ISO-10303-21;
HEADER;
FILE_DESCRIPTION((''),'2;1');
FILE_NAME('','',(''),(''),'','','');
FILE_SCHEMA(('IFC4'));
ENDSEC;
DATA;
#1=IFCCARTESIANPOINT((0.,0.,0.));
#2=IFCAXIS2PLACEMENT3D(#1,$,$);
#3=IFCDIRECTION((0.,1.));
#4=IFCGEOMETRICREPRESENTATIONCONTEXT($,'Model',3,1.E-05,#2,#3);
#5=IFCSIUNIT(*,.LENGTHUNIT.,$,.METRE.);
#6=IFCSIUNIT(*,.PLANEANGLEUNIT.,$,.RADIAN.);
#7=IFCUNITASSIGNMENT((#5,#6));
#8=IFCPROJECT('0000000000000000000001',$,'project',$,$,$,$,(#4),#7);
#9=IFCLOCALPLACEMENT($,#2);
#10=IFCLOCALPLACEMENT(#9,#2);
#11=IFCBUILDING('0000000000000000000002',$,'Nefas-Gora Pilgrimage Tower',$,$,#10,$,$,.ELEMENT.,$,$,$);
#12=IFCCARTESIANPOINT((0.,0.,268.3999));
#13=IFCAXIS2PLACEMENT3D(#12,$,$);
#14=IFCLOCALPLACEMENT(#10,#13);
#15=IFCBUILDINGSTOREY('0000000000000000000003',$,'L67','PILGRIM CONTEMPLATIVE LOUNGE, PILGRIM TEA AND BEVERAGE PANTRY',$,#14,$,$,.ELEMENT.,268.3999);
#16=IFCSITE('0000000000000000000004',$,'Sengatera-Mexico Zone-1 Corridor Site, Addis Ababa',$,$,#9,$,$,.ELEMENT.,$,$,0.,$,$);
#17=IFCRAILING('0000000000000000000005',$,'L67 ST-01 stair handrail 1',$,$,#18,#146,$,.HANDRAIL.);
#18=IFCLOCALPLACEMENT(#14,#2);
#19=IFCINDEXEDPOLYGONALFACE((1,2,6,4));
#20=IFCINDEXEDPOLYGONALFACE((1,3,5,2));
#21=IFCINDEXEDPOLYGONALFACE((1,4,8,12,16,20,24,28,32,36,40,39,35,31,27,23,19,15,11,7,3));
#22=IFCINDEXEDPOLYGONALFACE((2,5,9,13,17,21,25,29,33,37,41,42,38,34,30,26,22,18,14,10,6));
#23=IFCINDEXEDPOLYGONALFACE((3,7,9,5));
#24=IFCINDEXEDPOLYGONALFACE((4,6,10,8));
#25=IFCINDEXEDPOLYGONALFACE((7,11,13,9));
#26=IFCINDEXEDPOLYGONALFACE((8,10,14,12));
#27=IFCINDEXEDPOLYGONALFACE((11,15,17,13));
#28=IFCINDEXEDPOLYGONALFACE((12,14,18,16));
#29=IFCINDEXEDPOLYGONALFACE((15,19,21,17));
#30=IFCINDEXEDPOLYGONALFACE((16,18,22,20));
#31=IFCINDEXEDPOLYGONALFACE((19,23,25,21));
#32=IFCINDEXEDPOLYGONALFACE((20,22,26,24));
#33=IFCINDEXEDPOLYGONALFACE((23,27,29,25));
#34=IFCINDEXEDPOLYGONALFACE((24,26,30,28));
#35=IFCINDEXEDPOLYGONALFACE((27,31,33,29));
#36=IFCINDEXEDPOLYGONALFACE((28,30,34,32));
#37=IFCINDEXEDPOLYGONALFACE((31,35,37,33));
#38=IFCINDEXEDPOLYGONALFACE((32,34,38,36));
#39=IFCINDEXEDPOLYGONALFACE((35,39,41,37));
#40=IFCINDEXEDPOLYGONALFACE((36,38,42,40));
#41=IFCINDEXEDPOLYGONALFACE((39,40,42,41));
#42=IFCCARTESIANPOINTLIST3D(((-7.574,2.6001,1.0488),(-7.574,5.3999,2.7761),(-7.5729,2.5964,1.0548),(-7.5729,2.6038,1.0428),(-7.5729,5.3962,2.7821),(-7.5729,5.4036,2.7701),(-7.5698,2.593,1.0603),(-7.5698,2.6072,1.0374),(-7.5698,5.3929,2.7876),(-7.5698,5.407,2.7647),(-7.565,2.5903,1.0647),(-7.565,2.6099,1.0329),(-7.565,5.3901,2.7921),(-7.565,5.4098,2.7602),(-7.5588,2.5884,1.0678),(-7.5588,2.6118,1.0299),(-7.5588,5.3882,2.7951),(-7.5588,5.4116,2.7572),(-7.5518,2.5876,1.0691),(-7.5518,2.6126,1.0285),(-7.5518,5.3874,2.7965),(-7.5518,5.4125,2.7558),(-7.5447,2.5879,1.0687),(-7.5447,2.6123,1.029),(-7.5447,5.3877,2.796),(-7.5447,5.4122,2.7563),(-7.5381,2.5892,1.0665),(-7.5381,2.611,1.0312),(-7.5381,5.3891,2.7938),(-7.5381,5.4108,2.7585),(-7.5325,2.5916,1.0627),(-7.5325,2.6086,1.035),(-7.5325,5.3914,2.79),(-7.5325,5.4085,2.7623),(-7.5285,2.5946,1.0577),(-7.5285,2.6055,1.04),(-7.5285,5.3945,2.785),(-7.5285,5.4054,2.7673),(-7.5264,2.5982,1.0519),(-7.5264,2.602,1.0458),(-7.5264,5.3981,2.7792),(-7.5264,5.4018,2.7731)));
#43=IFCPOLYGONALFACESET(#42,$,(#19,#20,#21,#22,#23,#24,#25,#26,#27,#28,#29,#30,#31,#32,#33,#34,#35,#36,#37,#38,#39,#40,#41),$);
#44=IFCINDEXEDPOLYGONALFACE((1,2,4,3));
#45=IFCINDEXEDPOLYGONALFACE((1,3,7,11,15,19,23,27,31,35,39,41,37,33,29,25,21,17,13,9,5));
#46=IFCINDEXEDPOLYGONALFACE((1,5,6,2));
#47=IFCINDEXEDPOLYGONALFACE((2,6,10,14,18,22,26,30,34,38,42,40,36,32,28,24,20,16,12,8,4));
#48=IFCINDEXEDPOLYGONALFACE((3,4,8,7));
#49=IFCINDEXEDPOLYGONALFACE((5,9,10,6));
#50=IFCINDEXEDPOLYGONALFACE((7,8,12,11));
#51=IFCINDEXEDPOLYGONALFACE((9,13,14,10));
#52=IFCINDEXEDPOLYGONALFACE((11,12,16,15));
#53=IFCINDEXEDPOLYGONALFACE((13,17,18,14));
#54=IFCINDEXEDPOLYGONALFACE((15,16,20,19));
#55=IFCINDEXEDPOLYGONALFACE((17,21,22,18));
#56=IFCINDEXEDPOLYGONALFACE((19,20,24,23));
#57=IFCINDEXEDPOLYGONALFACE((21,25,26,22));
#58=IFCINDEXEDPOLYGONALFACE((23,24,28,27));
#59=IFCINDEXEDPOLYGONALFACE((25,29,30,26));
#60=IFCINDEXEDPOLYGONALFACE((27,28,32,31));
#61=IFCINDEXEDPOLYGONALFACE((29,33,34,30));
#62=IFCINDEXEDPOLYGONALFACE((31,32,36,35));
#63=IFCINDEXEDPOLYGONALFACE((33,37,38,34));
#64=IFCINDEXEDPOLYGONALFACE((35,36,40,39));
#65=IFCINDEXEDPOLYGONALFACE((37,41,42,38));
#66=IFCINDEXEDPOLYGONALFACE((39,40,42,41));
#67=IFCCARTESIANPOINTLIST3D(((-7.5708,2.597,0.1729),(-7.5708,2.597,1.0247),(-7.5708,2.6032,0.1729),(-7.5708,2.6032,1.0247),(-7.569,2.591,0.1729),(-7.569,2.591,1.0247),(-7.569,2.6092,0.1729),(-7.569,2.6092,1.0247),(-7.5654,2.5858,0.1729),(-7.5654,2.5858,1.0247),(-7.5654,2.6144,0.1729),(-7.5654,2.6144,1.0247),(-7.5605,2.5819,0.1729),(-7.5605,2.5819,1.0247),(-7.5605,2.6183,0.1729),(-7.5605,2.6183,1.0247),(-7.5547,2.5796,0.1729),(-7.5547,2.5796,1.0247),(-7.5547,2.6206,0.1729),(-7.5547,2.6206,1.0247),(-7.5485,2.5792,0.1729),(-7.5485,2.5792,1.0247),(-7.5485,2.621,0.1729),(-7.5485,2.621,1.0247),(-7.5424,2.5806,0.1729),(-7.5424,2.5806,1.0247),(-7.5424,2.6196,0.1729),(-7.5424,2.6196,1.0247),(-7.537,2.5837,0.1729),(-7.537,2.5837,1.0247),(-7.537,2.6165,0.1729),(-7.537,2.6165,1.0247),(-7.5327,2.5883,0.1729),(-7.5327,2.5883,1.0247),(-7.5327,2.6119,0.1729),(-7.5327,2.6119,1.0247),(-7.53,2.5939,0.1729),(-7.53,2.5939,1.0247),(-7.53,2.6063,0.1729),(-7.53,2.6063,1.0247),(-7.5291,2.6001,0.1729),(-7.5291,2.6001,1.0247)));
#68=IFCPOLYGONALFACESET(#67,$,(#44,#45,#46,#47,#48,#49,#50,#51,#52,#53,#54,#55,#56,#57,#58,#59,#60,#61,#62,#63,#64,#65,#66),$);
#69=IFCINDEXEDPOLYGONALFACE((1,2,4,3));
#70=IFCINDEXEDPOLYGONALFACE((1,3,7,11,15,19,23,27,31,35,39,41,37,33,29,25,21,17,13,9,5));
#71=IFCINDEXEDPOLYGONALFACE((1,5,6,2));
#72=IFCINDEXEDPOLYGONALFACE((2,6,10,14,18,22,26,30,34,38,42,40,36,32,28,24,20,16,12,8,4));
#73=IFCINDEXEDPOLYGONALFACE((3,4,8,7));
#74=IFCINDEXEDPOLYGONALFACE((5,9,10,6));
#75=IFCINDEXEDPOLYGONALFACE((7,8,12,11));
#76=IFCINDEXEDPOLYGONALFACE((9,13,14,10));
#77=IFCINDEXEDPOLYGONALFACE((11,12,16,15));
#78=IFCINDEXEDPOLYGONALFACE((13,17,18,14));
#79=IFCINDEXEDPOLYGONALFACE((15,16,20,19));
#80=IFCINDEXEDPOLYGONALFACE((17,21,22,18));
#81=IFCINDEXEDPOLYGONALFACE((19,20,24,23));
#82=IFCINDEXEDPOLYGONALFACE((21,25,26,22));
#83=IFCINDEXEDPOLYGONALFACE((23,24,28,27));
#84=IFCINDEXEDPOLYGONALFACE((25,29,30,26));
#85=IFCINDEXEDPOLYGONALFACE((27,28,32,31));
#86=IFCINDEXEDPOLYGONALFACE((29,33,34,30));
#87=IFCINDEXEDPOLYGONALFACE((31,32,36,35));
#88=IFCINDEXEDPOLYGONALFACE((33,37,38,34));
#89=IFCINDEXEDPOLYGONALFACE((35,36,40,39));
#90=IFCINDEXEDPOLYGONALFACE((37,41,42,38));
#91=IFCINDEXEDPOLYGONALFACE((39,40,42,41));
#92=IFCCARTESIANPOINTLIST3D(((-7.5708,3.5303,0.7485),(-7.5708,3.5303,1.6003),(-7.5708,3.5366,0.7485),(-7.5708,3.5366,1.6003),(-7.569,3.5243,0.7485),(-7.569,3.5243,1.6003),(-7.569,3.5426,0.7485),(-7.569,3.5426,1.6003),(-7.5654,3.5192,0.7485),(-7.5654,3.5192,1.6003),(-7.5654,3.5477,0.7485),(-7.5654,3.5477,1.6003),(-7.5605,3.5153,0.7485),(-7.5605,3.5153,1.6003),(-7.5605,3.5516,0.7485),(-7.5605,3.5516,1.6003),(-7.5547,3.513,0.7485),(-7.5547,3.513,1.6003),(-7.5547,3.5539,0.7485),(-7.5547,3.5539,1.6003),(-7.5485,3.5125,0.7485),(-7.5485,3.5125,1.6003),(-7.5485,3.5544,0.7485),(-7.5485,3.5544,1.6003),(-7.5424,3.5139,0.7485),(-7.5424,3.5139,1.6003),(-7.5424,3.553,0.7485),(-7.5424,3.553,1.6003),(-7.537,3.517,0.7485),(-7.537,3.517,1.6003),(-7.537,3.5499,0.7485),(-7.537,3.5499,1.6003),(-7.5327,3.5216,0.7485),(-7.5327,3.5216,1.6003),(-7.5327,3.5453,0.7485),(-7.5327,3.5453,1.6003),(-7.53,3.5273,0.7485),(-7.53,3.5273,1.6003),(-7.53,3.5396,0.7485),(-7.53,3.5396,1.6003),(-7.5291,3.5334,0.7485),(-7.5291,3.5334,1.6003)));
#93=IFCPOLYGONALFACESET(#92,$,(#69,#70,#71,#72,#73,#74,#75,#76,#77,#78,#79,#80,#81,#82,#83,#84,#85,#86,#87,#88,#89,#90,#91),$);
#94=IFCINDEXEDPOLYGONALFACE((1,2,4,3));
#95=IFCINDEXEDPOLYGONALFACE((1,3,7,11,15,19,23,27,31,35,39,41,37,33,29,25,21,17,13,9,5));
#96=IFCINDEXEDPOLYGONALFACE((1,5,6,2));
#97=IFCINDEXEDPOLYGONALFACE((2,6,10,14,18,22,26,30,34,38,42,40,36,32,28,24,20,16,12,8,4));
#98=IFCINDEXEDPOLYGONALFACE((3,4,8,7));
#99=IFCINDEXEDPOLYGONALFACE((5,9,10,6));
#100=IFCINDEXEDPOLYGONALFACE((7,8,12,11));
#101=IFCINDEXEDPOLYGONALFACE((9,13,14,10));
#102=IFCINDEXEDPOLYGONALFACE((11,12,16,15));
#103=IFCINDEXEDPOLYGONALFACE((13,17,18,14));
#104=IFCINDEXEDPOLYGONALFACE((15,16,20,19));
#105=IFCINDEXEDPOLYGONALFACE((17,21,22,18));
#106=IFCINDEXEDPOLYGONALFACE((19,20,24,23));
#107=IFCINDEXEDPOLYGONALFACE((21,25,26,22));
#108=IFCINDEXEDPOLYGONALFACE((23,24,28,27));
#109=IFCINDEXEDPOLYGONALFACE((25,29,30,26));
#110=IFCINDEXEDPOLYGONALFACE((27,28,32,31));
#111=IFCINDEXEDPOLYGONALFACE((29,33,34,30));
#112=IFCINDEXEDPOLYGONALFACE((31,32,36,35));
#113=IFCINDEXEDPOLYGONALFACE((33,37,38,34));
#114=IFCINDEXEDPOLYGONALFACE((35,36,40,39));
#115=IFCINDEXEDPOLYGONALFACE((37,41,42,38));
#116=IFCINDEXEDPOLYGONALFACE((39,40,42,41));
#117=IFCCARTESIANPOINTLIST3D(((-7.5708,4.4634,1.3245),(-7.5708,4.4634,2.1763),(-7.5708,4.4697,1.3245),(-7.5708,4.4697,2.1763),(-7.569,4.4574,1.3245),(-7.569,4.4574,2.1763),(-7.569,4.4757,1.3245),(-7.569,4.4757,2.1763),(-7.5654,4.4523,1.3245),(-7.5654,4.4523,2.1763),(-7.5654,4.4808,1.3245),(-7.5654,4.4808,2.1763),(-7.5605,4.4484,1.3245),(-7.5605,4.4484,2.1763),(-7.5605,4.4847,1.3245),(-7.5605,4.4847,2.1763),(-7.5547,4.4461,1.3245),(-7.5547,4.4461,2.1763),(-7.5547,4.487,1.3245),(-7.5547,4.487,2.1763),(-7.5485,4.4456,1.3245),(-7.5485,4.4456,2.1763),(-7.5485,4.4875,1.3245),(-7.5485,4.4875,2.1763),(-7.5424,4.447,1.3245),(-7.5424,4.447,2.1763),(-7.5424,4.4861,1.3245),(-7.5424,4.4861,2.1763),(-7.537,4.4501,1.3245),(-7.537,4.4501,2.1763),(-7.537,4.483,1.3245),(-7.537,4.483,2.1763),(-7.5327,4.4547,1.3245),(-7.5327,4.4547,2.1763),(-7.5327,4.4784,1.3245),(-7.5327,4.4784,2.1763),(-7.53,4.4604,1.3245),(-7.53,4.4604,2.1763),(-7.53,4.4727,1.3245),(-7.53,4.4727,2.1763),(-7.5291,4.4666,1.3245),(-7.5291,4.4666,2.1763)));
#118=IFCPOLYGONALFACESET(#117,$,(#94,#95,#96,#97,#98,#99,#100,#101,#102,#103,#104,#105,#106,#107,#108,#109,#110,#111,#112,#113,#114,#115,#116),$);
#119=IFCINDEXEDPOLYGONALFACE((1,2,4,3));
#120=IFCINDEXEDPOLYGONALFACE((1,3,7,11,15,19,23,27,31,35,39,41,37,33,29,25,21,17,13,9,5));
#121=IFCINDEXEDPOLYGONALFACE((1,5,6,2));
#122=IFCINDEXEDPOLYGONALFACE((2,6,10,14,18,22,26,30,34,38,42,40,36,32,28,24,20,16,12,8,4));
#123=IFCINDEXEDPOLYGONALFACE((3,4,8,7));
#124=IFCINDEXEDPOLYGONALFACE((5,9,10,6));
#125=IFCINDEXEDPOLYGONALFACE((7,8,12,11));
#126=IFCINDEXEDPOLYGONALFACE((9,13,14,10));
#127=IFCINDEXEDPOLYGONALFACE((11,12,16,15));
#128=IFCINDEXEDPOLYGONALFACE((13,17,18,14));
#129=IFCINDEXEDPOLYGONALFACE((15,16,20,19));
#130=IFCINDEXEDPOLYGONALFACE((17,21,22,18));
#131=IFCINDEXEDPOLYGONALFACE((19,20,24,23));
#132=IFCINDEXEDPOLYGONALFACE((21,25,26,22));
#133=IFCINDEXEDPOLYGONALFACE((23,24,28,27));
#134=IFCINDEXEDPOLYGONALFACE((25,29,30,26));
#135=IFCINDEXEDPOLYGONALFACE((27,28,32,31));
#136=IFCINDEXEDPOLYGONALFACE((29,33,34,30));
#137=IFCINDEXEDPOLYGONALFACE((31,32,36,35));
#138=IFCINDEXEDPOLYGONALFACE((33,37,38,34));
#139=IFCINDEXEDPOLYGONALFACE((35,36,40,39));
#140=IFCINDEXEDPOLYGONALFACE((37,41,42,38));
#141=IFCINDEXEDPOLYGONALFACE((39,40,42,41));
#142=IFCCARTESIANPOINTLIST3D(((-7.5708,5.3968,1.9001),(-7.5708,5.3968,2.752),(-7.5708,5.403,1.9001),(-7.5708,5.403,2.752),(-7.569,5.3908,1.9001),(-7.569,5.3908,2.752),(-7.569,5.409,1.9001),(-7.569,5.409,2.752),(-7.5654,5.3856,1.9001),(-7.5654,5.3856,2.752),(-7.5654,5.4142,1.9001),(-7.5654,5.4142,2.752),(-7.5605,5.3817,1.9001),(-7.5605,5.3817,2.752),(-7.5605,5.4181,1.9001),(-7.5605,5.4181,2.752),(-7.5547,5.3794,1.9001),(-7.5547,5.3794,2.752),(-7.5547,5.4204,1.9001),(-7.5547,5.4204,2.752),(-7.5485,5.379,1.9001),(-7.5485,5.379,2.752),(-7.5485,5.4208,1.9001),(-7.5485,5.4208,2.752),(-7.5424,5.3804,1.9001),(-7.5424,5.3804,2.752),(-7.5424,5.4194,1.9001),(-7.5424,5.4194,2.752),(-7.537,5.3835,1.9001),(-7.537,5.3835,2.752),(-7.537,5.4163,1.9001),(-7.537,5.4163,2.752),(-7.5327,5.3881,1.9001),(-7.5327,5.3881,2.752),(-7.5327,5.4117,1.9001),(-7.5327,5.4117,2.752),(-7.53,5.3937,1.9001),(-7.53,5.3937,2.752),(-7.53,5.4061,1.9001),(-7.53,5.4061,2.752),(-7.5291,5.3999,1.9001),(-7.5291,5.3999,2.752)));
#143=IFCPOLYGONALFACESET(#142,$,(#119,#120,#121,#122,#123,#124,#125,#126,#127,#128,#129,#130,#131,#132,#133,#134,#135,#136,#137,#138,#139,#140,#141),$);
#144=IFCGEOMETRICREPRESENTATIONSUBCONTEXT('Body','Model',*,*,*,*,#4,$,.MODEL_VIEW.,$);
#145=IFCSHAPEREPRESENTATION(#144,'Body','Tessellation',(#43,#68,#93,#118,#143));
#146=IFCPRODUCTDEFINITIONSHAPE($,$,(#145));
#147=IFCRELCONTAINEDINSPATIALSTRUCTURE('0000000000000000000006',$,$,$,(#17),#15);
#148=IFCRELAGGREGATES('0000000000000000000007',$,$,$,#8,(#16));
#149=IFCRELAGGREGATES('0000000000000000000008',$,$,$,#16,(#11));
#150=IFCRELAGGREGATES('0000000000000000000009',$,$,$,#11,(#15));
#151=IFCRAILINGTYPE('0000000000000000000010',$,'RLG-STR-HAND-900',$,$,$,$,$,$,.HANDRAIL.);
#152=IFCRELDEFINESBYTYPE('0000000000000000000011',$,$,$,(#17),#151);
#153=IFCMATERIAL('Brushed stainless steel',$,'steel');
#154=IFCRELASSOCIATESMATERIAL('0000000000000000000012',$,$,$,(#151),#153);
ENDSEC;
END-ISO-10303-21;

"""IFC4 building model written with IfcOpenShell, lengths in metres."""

from ifc_helpers import new_model, si_unit, direction, frame, origin, origin_2d, place, context, subcontext, project, spatial, circle, extrude, material, type_object, element, save


model = new_model("IFC4")

# Units and contexts
model_context = context("Model", 3, precision=1e-05, world=origin(), true_north=direction((0.0, 1.0)))
body_context = subcontext(model_context, "Body", "Model", "MODEL_VIEW")
ifc_project = project(units=[si_unit("LENGTHUNIT", "METRE"), si_unit("PLANEANGLEUNIT", "RADIAN")], contexts=[model_context])

# Site, building, storey
site_placement = place(None, origin())
site = spatial("IfcSite", under=ifc_project, at=site_placement, Name="Sengatera-Mexico Zone-1 Corridor Site, Addis Ababa", CompositionType="ELEMENT", RefElevation=0.0)
building_placement = place(site_placement, origin())
building = spatial("IfcBuilding", under=site, at=building_placement, Name="Nefas-Gora Pilgrimage Tower", CompositionType="ELEMENT")
storey_placement = place(building_placement, frame((0.0, 0.0, 268.3999)))
storey = spatial("IfcBuildingStorey", under=building, at=storey_placement, Name="L67", Description="PILGRIM CONTEMPLATIVE LOUNGE, PILGRIM TEA AND BEVERAGE PANTRY", CompositionType="ELEMENT", Elevation=268.3999)

# Railing
ifc_material_1 = material(Name="Brushed stainless steel", Category="steel")
railing_type_1 = type_object("IfcRailingType", Name="RLG-STR-HAND-900", PredefinedType="HANDRAIL", material=ifc_material_1)
railing_1_placement = place(storey_placement, frame((-7.55, 2.6001, 0.1729)))
element("IfcRailing", 1, at=railing_1_placement, inside=storey, type_object=railing_type_1, Name="L67 ST-01 stair handrail 1", PredefinedType="HANDRAIL", context=body_context, shape_type="SweptSolid", body=[
    extrude(circle(Radius=0.0239, at=origin_2d()), frame((0.0, 0.0, 0.876), z_axis=(0.0, 0.851069, 0.525054), x_axis=(-1.0, 0.0, 0.0)), (0.0, 0.0, 1.0), 3.2898),
    extrude(circle(Radius=0.021, at=origin_2d()), origin(), (0.0, 0.0, 1.0), 0.8518),
    extrude(circle(Radius=0.021, at=origin_2d()), frame((0.0, 0.9333, 0.5757)), (0.0, 0.0, 1.0), 0.8518),
    extrude(circle(Radius=0.021, at=origin_2d()), frame((0.0, 1.8665, 1.1516)), (0.0, 0.0, 1.0), 0.8518),
    extrude(circle(Radius=0.021, at=origin_2d()), frame((0.0, 2.7998, 1.7273)), (0.0, 0.0, 1.0), 0.8518),
])

save(model, "model.ifc")
